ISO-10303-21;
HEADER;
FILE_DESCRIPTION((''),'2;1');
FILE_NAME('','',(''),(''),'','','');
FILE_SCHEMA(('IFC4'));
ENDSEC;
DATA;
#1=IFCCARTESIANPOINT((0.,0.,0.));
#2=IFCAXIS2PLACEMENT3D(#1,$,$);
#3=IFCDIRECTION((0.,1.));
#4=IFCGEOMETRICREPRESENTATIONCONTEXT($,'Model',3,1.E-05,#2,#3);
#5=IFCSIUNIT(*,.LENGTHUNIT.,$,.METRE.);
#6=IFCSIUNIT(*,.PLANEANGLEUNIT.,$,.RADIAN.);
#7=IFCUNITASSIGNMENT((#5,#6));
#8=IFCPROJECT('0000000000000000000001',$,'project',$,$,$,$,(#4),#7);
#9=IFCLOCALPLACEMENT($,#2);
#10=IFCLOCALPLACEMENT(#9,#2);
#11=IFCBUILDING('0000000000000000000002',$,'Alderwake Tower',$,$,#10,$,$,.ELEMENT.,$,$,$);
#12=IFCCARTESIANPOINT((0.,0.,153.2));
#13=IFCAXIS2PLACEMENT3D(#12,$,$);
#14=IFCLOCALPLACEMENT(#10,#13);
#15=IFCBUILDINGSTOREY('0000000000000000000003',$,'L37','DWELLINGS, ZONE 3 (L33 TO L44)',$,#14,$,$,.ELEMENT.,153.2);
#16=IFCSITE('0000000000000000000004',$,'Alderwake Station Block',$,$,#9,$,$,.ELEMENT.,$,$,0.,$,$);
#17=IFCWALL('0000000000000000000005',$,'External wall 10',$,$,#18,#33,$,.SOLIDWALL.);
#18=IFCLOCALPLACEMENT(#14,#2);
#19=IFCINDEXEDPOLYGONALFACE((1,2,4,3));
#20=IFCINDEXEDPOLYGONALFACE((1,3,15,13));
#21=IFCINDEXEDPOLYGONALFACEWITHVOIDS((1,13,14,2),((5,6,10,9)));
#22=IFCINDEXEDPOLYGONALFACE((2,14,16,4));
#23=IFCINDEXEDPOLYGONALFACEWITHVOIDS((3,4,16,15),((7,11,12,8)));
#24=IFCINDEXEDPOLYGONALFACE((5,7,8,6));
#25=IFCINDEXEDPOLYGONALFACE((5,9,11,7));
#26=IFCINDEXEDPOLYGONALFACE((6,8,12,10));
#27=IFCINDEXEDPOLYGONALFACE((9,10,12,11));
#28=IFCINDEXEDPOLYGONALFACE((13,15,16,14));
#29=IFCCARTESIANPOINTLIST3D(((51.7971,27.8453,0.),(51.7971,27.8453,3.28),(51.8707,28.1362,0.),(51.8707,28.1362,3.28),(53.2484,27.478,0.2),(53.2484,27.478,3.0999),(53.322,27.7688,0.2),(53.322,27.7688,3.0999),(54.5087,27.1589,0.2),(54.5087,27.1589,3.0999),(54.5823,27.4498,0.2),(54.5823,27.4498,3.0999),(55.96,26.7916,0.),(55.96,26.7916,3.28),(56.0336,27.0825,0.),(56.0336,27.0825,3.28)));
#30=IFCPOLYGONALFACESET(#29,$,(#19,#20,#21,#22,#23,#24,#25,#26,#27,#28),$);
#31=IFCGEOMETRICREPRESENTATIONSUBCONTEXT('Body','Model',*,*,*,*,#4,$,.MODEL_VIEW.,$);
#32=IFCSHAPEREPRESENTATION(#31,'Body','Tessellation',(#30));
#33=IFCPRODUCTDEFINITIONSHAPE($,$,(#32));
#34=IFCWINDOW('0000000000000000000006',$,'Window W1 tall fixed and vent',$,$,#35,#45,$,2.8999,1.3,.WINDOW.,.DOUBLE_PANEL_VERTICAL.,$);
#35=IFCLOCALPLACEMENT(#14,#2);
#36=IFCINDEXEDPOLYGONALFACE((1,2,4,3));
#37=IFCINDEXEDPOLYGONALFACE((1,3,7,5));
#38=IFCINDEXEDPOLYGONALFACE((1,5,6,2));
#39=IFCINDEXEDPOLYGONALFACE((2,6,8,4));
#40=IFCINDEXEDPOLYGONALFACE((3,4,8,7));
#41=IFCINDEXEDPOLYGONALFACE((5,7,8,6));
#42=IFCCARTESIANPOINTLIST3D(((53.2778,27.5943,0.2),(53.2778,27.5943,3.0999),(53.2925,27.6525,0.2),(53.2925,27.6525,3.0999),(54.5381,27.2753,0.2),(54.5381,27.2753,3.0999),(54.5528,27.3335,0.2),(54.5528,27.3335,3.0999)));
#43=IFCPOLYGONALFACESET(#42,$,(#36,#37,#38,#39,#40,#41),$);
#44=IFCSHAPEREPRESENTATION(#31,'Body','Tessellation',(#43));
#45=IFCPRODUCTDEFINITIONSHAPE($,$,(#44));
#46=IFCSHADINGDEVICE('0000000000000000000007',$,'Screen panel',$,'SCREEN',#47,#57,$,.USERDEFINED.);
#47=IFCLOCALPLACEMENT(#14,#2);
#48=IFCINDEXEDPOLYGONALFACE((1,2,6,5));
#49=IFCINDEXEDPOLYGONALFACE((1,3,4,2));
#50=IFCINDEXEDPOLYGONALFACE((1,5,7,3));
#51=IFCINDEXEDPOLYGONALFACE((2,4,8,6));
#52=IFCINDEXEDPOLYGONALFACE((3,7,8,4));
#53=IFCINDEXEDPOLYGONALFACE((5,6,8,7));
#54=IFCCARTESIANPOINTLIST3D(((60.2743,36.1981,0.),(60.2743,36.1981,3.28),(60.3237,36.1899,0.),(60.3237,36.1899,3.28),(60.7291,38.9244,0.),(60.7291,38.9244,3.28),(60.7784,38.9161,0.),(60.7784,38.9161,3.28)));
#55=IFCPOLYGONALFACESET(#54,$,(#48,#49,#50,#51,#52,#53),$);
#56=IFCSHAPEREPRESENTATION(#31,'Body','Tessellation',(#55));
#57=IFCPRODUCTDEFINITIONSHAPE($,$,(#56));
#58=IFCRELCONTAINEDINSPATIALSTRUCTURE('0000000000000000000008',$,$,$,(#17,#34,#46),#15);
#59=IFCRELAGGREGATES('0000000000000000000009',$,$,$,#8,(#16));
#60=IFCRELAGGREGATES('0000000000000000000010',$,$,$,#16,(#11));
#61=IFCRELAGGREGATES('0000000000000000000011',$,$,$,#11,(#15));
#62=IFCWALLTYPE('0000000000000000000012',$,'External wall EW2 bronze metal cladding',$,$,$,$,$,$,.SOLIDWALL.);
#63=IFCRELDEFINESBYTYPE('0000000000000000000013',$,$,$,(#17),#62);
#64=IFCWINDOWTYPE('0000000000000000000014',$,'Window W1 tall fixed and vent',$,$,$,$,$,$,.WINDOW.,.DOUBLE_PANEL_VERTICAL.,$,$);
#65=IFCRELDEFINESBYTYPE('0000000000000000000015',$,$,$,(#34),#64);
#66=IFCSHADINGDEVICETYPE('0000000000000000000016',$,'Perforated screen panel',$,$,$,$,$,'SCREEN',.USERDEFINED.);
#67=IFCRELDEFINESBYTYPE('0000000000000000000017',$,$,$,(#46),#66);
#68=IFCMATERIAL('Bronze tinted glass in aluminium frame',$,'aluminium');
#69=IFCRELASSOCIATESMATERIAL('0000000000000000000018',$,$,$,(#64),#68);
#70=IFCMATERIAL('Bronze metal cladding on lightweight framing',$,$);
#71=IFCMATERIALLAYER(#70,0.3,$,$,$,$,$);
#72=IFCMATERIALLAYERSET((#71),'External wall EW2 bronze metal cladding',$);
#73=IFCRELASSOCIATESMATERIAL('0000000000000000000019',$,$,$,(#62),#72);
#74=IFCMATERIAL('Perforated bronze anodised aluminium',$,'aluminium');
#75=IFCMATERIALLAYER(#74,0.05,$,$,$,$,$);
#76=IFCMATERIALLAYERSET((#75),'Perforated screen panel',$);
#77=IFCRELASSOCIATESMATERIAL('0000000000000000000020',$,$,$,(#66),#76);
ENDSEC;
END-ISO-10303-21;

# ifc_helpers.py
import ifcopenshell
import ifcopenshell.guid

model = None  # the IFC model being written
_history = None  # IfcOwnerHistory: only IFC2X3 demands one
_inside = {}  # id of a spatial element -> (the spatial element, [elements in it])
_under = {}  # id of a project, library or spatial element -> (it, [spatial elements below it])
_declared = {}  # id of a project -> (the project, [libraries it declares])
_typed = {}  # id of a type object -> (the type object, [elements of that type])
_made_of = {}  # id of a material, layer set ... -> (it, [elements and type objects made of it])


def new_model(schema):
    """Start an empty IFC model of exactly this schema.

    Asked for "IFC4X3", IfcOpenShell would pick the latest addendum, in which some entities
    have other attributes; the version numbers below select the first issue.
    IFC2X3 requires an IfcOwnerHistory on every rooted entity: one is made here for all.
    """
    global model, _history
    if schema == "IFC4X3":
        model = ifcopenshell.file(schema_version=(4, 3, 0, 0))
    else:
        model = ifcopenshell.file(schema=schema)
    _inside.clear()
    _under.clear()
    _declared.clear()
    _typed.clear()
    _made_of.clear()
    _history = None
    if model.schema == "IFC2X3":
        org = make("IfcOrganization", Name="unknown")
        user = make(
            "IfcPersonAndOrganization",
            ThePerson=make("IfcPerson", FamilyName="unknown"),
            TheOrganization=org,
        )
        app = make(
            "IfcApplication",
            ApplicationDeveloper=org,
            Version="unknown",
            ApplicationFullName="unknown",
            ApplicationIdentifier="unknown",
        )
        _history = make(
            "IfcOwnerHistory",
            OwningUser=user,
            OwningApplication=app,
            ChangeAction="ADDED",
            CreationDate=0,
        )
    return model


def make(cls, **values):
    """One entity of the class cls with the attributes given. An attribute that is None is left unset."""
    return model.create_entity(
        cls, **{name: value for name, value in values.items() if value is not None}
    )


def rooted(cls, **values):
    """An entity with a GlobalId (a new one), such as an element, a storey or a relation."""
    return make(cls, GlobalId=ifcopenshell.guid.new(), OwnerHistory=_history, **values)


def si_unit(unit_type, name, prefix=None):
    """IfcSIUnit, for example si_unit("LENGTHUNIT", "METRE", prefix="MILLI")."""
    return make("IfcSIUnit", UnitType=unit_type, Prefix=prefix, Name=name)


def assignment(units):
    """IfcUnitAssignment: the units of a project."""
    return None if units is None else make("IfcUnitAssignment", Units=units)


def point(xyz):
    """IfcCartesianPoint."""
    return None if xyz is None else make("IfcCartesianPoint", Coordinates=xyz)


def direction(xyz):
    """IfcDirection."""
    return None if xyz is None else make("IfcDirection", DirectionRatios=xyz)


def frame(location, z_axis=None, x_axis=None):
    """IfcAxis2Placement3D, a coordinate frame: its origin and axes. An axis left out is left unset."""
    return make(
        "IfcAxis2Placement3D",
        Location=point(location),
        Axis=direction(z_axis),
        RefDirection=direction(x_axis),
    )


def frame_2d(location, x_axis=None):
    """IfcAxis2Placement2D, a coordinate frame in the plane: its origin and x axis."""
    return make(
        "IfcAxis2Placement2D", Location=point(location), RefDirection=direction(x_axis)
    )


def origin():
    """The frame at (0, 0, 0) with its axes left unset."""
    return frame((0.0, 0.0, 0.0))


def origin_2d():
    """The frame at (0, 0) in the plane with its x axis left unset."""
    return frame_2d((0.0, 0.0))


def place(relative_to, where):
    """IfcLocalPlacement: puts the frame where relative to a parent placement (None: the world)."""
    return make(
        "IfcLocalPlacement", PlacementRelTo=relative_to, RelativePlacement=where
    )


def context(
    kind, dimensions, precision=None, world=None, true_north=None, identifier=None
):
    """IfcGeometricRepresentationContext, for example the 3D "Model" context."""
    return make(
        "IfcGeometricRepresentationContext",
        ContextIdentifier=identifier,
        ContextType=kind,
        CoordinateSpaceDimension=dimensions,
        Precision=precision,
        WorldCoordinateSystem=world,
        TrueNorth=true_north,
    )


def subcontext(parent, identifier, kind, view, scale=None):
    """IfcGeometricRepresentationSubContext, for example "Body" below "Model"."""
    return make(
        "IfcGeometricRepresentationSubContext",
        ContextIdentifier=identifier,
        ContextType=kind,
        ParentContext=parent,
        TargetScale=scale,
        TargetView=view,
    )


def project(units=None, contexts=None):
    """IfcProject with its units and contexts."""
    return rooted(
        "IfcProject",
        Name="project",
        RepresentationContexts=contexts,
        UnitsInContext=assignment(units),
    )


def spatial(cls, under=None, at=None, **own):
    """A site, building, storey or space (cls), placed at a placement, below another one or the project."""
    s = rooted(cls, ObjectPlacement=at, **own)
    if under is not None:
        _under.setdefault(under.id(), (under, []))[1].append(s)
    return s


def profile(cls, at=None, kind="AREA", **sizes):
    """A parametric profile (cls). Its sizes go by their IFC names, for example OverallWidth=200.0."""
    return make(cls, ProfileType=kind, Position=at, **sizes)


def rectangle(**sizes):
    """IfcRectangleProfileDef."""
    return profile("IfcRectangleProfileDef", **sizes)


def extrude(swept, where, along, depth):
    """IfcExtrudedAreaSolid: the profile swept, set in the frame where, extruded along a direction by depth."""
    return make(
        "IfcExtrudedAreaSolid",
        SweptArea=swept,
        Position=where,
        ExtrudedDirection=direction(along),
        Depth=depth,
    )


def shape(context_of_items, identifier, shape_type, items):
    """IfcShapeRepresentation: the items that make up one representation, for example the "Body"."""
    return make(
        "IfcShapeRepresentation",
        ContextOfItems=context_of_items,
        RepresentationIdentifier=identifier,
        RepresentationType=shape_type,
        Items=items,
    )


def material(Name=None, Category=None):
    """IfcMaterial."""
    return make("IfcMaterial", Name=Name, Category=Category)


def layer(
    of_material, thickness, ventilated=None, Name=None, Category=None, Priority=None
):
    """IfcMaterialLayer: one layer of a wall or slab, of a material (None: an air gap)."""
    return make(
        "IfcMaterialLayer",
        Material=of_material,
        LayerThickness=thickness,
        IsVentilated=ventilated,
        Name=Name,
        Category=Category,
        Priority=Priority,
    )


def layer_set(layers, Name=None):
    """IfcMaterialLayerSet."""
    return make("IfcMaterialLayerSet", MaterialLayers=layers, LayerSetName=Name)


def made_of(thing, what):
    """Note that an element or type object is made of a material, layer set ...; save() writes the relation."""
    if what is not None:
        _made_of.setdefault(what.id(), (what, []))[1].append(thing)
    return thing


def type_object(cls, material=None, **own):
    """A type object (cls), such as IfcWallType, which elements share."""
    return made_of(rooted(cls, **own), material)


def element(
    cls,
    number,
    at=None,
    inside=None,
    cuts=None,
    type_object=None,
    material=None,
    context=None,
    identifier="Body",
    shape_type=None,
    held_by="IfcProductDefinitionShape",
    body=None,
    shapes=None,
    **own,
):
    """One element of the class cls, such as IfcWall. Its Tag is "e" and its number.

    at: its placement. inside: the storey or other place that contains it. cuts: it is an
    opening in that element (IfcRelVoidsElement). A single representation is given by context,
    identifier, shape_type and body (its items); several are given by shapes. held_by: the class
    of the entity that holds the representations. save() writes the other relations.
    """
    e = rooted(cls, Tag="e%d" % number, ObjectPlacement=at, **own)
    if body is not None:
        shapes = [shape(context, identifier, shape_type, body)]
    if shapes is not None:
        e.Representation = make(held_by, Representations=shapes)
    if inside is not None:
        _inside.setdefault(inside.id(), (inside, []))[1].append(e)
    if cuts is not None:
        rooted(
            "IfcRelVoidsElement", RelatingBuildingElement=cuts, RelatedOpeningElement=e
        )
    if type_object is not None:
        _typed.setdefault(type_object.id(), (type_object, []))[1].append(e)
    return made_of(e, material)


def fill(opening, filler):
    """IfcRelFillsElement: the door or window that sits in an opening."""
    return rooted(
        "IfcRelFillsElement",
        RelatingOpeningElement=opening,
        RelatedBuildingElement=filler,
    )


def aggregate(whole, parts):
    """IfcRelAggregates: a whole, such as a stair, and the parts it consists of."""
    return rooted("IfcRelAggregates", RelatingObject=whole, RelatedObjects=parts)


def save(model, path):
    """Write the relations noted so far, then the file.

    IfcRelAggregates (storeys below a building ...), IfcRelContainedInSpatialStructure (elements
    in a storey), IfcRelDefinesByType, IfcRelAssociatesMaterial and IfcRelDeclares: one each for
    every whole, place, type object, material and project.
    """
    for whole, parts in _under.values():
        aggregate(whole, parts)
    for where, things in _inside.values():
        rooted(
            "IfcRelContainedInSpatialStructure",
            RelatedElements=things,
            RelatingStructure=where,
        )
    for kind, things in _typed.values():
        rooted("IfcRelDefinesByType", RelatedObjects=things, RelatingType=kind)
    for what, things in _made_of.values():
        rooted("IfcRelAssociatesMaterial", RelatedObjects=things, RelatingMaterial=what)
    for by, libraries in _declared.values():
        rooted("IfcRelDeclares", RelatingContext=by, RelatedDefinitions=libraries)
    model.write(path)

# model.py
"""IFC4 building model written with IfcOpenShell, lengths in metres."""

from ifc_helpers import new_model, si_unit, direction, frame, frame_2d, origin, origin_2d, place, context, subcontext, project, spatial, rectangle, extrude, material, layer, layer_set, type_object, element, fill, save


model = new_model("IFC4")

# Units and contexts
model_context = context("Model", 3, precision=1e-05, world=origin(), true_north=direction((0.0, 1.0)))
body_context = subcontext(model_context, "Body", "Model", "MODEL_VIEW")
ifc_project = project(units=[si_unit("LENGTHUNIT", "METRE"), si_unit("PLANEANGLEUNIT", "RADIAN")], contexts=[model_context])

# Site, building, storey
site_placement = place(None, origin())
site = spatial("IfcSite", under=ifc_project, at=site_placement, Name="Alderwake Station Block", CompositionType="ELEMENT", RefElevation=0.0)
building_placement = place(site_placement, origin())
building = spatial("IfcBuilding", under=site, at=building_placement, Name="Alderwake Tower", CompositionType="ELEMENT")
storey_placement = place(building_placement, frame((0.0, 0.0, 153.2)))
storey = spatial("IfcBuildingStorey", under=building, at=storey_placement, Name="L37", Description="DWELLINGS, ZONE 3 (L33 TO L44)", CompositionType="ELEMENT", Elevation=153.2)

# Shared definitions
ifc_material_1 = material(Name="Bronze tinted glass in aluminium frame", Category="aluminium")
window_type = type_object("IfcWindowType", Name="Window W1 tall fixed and vent", PartitioningType="DOUBLE_PANEL_VERTICAL", PredefinedType="WINDOW", material=ifc_material_1)

# Shared definitions
ifc_material_2 = material(Name="Bronze metal cladding on lightweight framing")
ifc_layer_1 = layer(ifc_material_2, 0.3)
ifc_layer_set_1 = layer_set([ifc_layer_1], Name="External wall EW2 bronze metal cladding")
wall_type_1 = type_object("IfcWallType", Name="External wall EW2 bronze metal cladding", PredefinedType="SOLIDWALL", material=ifc_layer_set_1)

# Wall, opening, window
wall_1_placement = place(storey_placement, frame((51.834, 27.9907, 0.0), z_axis=(0.0, 0.0, 1.0), x_axis=(0.969426, -0.245384, 0.0)))
wall_1 = element("IfcWall", 1, at=wall_1_placement, inside=storey, type_object=wall_type_1, Name="External wall 10", PredefinedType="SOLIDWALL", context=body_context, shape_type="SweptSolid", body=[
    extrude(rectangle(XDim=4.2942, YDim=0.3, at=frame_2d((2.147, 0.0))), origin(), (0.0, 0.0, 1.0), 3.28),
])
opening_1_placement = place(wall_1_placement, frame((1.4971, 0.0, 0.2)))
opening_1 = element("IfcOpeningElement", 2, at=opening_1_placement, cuts=wall_1, PredefinedType="OPENING", context=body_context, shape_type="SweptSolid", body=[
    extrude(rectangle(XDim=1.3, YDim=2.8999, at=frame_2d((0.6499, 1.45))), frame((0.0, 0.1599, 0.0), z_axis=(0.0, -1.0, 0.0), x_axis=(1.0, 0.0, 0.0)), (0.0, 0.0, 1.0), 0.3201),
])
window_1_placement = place(opening_1_placement, origin())
window_1 = element("IfcWindow", 3, at=window_1_placement, inside=storey, type_object=window_type, Name="Window W1 tall fixed and vent", OverallHeight=2.8999, OverallWidth=1.3, PartitioningType="DOUBLE_PANEL_VERTICAL", PredefinedType="WINDOW", context=body_context, shape_type="SweptSolid", body=[
    extrude(rectangle(XDim=1.3, YDim=2.8999, at=frame_2d((0.6499, 1.45))), frame((0.0, 0.03, 0.0), z_axis=(0.0, -1.0, 0.0), x_axis=(1.0, 0.0, 0.0)), (0.0, 0.0, 1.0), 0.0601),
])
fill(opening_1, window_1)

# Shading device
ifc_material_3 = material(Name="Perforated bronze anodised aluminium", Category="aluminium")
ifc_layer_2 = layer(ifc_material_3, 0.05)
ifc_layer_set_2 = layer_set([ifc_layer_2], Name="Perforated screen panel")
shading_device_type = type_object("IfcShadingDeviceType", Name="Perforated screen panel", ElementType="SCREEN", PredefinedType="USERDEFINED", material=ifc_layer_set_2)
shading_device_placement = place(storey_placement, frame((60.5264, 37.5571, 0.0), z_axis=(0.0, 0.0, 1.0), x_axis=(0.986369, -0.164548, 0.0)))
element("IfcShadingDevice", 4, at=shading_device_placement, inside=storey, type_object=shading_device_type, Name="Screen panel", ObjectType="SCREEN", PredefinedType="USERDEFINED", context=body_context, shape_type="SweptSolid", body=[
    extrude(rectangle(XDim=0.05, YDim=2.7639, at=origin_2d()), origin(), (0.0, 0.0, 1.0), 3.28),
])

save(model, "model.ifc")
